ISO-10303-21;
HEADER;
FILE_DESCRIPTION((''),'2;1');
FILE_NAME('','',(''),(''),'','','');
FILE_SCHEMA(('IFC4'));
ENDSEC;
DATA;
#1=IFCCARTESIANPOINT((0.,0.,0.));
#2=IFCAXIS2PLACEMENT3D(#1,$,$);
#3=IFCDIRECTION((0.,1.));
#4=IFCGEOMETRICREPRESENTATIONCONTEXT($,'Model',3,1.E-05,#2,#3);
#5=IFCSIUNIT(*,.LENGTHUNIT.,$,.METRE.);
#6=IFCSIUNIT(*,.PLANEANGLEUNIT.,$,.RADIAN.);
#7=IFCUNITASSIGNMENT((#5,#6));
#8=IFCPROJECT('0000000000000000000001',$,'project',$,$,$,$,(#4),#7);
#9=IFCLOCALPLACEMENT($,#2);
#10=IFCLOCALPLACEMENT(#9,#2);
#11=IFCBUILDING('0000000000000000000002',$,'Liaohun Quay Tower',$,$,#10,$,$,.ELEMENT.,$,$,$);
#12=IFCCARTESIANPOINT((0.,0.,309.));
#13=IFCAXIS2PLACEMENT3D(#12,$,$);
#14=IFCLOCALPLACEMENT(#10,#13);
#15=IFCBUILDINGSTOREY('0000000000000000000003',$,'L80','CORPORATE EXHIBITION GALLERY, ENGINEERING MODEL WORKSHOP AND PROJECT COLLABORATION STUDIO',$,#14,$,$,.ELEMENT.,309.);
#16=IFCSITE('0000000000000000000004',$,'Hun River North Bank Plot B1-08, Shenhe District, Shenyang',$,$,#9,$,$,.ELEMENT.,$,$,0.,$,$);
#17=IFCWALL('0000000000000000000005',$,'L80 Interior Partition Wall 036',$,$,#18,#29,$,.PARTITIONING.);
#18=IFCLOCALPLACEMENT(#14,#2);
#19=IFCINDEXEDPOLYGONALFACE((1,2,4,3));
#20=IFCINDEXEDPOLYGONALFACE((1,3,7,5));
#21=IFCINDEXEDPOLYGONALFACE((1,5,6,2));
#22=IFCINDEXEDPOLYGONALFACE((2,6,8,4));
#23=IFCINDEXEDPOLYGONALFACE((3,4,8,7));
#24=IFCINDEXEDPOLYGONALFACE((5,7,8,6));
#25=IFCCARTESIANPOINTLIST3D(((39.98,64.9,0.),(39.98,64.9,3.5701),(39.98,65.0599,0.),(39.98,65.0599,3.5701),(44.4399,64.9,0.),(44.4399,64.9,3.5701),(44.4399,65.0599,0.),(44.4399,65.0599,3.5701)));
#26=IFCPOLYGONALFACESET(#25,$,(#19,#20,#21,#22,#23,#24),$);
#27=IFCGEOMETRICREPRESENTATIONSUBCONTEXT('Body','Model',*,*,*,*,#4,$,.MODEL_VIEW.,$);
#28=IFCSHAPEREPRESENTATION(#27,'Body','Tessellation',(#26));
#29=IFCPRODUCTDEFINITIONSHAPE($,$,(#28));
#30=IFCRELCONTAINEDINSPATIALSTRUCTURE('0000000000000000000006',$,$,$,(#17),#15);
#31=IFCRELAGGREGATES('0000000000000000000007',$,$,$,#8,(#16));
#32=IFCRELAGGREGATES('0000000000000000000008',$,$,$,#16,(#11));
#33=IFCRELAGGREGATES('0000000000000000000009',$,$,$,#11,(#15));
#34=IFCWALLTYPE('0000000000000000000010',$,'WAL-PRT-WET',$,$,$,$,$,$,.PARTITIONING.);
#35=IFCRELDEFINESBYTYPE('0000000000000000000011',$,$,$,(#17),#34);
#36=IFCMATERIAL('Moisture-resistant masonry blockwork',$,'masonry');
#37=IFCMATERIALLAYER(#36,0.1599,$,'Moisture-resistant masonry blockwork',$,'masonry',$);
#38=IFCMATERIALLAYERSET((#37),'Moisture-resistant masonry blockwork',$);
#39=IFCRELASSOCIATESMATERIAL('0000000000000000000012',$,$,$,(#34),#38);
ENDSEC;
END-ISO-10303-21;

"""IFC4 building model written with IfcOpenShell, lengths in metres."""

from ifc_helpers import new_model, si_unit, direction, frame, frame_2d, origin, place, context, subcontext, project, spatial, rectangle, extrude, material, layer, layer_set, type_object, element, save


model = new_model("IFC4")

# Units and contexts
model_context = context("Model", 3, precision=1e-05, world=origin(), true_north=direction((0.0, 1.0)))
body_context = subcontext(model_context, "Body", "Model", "MODEL_VIEW")
ifc_project = project(units=[si_unit("LENGTHUNIT", "METRE"), si_unit("PLANEANGLEUNIT", "RADIAN")], contexts=[model_context])

# Site, building, storey
site_placement = place(None, origin())
site = spatial("IfcSite", under=ifc_project, at=site_placement, Name="Hun River North Bank Plot B1-08, Shenhe District, Shenyang", CompositionType="ELEMENT", RefElevation=0.0)
building_placement = place(site_placement, origin())
building = spatial("IfcBuilding", under=site, at=building_placement, Name="Liaohun Quay Tower", CompositionType="ELEMENT")
storey_placement = place(building_placement, frame((0.0, 0.0, 309.0)))
storey = spatial("IfcBuildingStorey", under=building, at=storey_placement, Name="L80", Description="CORPORATE EXHIBITION GALLERY, ENGINEERING MODEL WORKSHOP AND PROJECT COLLABORATION STUDIO", CompositionType="ELEMENT", Elevation=309.0)

# Shared definitions
ifc_material_1 = material(Name="Moisture-resistant masonry blockwork", Category="masonry")
ifc_layer_1 = layer(ifc_material_1, 0.1599, Name="Moisture-resistant masonry blockwork", Category="masonry")
ifc_layer_set_1 = layer_set([ifc_layer_1], Name="Moisture-resistant masonry blockwork")
wall_type_1 = type_object("IfcWallType", Name="WAL-PRT-WET", PredefinedType="PARTITIONING", material=ifc_layer_set_1)

# Wall
for number, where, z_axis, x_axis, name in (
    (1, (39.98, 64.98, 0.0), (0.0, 0.0, 1.0), (1.0, 0.0, 0.0), "L80 Interior Partition Wall 036"),
):
    element("IfcWall", number, at=place(storey_placement, frame(where, z_axis=z_axis, x_axis=x_axis)), inside=storey, type_object=wall_type_1, Name=name, PredefinedType="PARTITIONING", context=body_context, shape_type="SweptSolid", body=[
        extrude(rectangle(XDim=4.46, YDim=0.1599, at=frame_2d((2.23, 0.0))), origin(), (0.0, 0.0, 1.0), 3.5701),
    ])

save(model, "model.ifc")
